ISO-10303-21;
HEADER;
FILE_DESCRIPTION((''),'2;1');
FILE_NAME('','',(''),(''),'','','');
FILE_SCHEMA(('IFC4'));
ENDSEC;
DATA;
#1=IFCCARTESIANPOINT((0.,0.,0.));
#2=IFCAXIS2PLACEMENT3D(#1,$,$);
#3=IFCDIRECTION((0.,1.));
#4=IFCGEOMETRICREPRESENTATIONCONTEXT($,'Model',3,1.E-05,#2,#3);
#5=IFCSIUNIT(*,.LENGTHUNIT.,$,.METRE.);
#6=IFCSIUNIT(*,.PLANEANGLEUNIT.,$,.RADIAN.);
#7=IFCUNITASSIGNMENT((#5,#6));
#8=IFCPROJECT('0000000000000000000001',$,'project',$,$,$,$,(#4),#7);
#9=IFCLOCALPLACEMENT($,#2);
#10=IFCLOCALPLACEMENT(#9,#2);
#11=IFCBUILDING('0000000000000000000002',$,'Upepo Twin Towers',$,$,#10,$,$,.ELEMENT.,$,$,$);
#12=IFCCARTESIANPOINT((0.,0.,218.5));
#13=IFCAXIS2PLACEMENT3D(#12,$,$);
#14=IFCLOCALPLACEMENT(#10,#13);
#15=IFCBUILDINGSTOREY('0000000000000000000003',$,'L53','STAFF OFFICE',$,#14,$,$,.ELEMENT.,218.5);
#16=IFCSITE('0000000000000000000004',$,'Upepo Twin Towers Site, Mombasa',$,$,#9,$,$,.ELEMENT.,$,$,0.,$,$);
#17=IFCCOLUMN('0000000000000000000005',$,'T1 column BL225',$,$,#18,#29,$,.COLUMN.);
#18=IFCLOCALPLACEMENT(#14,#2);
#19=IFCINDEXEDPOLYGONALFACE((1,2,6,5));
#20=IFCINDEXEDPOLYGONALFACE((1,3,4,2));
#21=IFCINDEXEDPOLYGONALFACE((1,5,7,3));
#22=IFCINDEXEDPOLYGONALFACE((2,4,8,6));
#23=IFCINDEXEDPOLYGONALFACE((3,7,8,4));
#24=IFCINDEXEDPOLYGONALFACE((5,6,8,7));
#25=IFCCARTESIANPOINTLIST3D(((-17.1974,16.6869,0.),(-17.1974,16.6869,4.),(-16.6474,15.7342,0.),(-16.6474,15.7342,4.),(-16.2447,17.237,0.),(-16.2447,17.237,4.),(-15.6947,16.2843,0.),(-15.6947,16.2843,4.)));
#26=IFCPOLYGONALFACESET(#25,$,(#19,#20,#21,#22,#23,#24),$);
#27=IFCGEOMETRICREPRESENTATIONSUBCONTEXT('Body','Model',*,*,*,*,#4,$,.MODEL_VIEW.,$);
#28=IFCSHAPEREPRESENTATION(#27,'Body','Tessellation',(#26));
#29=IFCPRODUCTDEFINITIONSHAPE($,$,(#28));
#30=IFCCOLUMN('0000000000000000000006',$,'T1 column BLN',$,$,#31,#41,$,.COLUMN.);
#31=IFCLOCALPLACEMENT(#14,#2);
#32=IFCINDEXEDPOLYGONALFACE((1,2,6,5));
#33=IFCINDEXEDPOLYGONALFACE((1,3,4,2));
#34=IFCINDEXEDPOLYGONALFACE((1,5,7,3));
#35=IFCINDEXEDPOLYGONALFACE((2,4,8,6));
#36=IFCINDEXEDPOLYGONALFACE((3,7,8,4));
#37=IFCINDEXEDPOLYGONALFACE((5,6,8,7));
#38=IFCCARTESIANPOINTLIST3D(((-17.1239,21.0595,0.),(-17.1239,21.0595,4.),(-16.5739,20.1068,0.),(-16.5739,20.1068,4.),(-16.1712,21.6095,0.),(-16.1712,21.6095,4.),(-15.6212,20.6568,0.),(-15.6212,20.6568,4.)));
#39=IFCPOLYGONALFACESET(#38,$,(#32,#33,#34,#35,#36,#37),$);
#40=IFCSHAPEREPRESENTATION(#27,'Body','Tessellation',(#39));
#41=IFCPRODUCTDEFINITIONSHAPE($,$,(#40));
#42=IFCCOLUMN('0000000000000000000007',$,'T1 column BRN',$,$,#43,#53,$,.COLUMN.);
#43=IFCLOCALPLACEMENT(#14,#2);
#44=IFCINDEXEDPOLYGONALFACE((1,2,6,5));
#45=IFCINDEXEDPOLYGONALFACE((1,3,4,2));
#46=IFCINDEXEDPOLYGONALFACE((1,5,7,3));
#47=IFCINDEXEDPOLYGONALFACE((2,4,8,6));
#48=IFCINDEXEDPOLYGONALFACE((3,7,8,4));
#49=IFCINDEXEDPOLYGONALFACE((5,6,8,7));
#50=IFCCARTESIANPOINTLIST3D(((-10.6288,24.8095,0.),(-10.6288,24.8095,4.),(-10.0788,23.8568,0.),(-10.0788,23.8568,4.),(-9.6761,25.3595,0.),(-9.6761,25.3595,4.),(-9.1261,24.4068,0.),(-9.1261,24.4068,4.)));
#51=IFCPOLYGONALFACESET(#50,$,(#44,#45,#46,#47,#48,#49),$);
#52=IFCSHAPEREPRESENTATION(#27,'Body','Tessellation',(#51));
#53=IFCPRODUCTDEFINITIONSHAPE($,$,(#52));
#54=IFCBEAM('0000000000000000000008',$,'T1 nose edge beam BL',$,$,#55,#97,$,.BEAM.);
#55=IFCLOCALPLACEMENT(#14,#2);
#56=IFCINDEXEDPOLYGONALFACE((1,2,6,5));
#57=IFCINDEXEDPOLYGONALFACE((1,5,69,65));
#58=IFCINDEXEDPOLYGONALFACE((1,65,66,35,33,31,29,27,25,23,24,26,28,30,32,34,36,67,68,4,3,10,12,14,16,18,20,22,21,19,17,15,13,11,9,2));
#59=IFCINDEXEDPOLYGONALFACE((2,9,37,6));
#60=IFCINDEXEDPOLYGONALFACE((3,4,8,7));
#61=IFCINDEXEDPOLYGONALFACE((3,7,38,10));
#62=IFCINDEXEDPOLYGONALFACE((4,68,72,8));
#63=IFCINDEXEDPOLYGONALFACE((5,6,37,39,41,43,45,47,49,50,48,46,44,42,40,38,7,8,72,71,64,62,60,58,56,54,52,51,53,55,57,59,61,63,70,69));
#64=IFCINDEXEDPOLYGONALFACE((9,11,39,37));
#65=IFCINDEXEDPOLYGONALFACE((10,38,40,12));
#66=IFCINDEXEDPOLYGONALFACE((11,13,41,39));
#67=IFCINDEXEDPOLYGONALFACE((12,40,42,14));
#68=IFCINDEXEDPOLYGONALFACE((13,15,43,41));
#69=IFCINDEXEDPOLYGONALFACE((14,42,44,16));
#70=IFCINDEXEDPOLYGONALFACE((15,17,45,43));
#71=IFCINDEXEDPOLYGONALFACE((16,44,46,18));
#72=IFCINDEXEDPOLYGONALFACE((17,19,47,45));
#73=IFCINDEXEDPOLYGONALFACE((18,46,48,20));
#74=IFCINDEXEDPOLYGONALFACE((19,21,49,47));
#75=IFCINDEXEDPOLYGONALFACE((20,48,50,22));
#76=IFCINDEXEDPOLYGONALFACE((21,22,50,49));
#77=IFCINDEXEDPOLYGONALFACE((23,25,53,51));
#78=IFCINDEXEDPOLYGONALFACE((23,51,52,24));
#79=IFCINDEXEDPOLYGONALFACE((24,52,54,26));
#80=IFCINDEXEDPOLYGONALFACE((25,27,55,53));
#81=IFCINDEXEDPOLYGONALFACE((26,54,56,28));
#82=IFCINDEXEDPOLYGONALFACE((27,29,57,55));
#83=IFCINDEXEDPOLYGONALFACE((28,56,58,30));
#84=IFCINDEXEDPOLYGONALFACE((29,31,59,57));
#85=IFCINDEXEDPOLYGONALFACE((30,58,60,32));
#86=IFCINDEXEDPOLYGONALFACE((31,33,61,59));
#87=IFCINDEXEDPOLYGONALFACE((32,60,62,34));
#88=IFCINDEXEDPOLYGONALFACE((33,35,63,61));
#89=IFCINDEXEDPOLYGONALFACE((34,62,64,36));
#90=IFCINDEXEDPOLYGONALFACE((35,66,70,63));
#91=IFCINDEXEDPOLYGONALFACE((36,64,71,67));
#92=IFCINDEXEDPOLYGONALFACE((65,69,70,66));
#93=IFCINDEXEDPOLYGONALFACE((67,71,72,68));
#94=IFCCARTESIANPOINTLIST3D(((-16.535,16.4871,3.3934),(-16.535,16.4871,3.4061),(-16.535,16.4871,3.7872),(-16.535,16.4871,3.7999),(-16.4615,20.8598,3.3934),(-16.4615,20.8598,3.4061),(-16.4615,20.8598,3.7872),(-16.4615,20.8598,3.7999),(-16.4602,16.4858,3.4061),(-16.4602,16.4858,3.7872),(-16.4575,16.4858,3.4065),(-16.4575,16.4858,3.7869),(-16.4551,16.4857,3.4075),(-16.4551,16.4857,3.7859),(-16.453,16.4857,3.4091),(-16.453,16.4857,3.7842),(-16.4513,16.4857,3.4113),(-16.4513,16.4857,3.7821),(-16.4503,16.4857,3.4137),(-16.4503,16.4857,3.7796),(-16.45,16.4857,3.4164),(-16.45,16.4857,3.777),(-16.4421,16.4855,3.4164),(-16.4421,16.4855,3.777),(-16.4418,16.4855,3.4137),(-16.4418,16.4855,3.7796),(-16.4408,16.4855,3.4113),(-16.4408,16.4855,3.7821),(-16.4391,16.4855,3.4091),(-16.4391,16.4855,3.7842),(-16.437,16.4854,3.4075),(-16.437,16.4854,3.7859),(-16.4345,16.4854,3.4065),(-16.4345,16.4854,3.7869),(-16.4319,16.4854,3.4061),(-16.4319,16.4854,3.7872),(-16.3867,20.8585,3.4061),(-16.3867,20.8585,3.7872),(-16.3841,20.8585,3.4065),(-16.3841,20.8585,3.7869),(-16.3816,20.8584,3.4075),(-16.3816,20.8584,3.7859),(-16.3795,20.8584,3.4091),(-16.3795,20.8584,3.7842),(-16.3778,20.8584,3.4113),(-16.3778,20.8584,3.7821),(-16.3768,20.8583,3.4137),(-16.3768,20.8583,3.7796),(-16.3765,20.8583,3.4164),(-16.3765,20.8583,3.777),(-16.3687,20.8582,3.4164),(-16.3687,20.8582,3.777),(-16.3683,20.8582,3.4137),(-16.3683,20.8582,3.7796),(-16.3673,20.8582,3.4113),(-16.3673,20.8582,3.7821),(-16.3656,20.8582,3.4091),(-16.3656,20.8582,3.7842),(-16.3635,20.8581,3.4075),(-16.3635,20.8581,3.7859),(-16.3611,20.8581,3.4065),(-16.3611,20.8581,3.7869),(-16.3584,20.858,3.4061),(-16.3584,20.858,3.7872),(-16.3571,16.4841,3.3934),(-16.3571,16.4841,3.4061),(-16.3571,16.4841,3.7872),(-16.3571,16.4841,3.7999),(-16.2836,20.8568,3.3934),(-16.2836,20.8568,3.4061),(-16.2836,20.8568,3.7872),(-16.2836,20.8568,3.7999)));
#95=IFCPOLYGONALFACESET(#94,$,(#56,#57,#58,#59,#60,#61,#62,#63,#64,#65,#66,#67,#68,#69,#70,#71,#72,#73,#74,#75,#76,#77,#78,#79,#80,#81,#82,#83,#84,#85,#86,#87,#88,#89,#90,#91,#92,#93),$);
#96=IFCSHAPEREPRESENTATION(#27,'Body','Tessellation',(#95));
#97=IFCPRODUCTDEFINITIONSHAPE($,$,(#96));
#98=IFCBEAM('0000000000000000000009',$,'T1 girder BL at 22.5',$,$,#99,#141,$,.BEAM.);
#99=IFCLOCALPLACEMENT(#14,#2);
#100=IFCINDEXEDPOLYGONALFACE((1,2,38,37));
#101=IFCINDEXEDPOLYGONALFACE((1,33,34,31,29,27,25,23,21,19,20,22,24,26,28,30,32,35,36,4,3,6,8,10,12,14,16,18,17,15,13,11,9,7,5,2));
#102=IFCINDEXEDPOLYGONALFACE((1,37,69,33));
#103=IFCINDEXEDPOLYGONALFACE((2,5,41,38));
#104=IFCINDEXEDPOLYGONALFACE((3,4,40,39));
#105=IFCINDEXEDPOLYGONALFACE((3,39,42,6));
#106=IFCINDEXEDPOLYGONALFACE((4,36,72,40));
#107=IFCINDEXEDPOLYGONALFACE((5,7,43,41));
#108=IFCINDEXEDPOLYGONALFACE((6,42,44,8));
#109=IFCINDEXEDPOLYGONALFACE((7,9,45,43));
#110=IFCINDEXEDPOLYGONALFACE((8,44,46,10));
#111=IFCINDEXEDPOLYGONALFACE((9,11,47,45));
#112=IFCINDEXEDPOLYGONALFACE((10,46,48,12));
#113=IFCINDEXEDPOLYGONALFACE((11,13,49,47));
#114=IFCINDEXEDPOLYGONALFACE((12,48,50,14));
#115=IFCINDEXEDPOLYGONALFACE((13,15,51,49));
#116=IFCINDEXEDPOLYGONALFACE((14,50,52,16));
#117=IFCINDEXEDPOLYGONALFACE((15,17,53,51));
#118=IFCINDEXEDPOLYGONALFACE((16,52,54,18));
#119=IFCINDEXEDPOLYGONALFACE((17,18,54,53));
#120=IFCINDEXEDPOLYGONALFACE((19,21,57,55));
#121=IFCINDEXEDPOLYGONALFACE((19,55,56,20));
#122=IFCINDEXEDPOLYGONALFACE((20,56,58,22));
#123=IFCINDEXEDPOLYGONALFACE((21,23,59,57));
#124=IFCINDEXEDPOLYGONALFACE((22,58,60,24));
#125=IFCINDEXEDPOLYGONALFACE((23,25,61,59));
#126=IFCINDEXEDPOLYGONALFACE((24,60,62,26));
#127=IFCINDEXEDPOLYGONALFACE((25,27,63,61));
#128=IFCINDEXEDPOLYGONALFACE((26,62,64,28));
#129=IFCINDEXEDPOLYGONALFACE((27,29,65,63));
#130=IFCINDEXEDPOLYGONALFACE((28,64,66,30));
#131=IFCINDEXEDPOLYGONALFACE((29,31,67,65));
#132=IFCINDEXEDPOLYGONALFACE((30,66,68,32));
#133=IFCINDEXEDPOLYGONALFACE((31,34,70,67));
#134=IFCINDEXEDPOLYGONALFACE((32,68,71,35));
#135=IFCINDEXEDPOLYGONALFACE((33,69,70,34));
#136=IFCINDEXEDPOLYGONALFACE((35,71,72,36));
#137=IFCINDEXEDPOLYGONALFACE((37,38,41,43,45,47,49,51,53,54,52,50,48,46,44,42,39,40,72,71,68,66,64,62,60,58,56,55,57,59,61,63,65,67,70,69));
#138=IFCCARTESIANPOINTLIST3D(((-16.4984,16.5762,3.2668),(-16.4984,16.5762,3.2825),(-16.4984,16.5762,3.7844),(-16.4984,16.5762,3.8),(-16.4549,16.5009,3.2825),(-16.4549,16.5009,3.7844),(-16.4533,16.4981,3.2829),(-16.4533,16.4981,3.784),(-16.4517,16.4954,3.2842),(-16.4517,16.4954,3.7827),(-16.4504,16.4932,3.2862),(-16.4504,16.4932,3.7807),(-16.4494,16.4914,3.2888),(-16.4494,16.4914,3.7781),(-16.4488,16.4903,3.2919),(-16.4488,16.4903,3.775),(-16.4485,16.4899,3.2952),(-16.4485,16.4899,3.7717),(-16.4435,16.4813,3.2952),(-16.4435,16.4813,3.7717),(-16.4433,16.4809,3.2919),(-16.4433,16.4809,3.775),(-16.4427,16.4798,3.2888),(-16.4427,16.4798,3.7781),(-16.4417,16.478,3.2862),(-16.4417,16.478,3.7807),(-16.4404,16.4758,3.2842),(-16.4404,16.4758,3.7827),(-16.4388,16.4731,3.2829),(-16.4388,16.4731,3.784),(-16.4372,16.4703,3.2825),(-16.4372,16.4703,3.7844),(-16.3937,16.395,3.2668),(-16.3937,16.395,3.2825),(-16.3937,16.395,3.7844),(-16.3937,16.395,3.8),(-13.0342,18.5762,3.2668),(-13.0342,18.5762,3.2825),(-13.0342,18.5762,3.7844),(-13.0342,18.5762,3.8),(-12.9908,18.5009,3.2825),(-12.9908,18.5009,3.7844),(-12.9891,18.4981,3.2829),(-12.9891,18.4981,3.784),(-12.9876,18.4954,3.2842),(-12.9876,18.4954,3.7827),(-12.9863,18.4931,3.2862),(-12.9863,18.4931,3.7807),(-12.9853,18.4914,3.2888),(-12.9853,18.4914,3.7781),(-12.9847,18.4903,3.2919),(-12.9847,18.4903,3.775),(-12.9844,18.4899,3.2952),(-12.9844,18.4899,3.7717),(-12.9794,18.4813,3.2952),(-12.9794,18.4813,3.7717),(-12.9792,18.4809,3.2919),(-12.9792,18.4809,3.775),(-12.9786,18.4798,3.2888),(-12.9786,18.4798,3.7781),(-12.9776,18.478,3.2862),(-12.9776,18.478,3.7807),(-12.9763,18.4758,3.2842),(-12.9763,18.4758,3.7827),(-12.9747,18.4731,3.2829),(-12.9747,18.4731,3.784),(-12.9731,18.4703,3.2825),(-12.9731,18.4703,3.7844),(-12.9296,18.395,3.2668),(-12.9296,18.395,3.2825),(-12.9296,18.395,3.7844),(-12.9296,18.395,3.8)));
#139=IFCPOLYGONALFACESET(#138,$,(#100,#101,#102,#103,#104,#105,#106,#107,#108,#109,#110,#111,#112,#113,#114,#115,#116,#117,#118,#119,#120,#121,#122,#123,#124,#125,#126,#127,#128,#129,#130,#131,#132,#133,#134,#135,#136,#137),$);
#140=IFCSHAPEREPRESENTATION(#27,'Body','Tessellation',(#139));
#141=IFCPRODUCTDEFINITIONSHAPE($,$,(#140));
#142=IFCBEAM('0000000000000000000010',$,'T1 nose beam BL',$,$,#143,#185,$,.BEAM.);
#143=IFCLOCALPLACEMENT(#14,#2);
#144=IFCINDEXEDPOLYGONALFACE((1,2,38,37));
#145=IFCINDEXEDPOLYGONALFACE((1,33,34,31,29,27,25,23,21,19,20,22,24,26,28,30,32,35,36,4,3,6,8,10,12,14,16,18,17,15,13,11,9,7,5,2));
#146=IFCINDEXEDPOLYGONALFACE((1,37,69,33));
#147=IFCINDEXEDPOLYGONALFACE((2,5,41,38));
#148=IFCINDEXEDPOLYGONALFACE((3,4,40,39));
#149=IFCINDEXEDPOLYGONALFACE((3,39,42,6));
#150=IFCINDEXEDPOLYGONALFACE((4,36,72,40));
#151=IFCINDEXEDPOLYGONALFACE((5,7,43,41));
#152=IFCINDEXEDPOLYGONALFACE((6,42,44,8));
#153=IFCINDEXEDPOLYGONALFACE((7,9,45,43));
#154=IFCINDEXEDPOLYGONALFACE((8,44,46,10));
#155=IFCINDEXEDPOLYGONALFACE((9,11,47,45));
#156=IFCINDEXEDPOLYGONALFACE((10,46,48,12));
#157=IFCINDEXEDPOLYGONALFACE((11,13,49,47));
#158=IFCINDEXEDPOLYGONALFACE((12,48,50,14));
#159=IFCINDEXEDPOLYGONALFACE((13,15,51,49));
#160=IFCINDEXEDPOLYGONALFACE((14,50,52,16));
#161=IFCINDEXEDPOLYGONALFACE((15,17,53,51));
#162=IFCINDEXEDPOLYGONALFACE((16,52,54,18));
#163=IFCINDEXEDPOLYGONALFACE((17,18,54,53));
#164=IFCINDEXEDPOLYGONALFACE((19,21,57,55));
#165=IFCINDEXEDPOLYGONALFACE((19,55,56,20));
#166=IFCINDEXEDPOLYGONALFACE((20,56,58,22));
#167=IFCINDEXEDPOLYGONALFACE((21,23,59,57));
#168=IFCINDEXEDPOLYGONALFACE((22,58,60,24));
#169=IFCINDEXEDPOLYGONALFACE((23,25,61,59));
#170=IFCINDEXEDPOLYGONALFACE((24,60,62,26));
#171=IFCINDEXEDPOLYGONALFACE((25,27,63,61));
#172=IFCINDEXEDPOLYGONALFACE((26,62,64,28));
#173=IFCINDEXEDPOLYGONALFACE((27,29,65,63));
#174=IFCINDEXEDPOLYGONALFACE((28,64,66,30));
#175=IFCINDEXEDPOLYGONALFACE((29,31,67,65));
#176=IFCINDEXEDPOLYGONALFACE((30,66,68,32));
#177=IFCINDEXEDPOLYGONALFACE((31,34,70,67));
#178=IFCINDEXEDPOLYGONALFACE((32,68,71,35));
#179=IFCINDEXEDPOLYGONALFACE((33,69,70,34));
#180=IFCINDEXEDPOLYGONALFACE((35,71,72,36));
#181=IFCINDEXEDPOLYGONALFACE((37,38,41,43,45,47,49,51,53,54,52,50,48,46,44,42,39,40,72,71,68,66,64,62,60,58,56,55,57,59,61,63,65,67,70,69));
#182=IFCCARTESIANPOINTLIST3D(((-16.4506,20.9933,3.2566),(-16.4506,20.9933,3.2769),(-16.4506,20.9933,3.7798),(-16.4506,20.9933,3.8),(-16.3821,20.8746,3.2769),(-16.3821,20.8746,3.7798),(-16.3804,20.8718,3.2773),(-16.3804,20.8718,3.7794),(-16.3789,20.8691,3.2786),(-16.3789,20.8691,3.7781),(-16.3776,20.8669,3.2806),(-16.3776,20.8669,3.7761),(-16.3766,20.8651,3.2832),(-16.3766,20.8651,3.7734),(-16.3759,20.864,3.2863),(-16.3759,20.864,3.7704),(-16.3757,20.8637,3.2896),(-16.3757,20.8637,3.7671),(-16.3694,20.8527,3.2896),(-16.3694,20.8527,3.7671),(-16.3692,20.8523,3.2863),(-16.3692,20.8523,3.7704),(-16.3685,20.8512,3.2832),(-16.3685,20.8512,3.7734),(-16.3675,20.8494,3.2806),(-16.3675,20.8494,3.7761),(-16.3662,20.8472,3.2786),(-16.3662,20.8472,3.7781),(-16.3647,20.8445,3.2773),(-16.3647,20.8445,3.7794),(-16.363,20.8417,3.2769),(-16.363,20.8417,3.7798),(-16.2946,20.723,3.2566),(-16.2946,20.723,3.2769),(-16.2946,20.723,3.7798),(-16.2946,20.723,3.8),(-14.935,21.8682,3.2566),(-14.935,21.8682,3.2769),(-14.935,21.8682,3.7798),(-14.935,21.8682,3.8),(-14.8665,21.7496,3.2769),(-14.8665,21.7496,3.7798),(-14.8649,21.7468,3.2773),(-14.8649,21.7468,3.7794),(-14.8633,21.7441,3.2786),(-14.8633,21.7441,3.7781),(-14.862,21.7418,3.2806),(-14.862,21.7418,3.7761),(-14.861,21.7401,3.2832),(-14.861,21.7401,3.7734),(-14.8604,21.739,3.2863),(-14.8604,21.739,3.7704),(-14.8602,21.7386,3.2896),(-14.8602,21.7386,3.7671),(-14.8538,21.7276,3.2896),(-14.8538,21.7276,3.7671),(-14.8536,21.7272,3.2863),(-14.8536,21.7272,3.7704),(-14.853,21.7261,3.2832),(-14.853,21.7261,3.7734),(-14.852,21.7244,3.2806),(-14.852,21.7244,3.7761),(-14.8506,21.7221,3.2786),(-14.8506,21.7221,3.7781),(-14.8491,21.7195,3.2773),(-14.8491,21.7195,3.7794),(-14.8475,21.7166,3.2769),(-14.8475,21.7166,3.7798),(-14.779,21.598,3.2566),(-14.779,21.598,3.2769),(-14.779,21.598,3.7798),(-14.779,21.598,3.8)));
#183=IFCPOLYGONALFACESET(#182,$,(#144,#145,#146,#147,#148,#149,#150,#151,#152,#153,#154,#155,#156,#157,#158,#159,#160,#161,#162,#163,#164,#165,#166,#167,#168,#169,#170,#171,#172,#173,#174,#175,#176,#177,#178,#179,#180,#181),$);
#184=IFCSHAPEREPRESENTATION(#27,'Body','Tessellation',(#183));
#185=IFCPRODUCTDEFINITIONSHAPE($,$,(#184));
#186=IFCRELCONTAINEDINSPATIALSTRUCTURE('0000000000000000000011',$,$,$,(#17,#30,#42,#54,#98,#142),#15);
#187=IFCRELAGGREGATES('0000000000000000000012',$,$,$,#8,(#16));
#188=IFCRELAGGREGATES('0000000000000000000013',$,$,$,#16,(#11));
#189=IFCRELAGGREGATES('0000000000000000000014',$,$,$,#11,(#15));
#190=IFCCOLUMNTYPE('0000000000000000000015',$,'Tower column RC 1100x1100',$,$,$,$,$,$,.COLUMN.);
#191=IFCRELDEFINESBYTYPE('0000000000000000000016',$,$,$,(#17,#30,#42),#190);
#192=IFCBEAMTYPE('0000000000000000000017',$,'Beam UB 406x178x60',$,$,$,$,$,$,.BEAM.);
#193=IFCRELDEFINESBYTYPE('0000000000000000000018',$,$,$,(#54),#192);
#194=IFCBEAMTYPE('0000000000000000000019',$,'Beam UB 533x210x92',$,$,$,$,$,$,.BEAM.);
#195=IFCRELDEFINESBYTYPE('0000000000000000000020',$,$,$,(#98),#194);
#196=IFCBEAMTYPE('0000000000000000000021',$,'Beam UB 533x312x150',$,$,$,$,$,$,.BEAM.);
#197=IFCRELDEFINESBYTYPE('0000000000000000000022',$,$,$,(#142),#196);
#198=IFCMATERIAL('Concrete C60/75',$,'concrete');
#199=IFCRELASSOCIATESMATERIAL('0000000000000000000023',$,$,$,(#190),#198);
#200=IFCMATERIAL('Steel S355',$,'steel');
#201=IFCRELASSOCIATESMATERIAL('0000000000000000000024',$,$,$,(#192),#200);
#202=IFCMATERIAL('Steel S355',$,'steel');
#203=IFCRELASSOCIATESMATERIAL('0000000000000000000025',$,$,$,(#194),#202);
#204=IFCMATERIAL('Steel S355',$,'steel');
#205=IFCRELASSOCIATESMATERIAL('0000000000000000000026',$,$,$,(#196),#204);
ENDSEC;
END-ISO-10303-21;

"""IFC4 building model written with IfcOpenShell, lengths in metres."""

from ifc_helpers import new_model, si_unit, direction, frame, origin, origin_2d, place, context, subcontext, project, spatial, rectangle, i_section, extrude, material, material_profile, profile_set, type_object, element, save


model = new_model("IFC4")

# Units and contexts
model_context = context("Model", 3, precision=1e-05, world=origin(), true_north=direction((0.0, 1.0)))
body_context = subcontext(model_context, "Body", "Model", "MODEL_VIEW")
ifc_project = project(units=[si_unit("LENGTHUNIT", "METRE"), si_unit("PLANEANGLEUNIT", "RADIAN")], contexts=[model_context])

# Site, building, storey
site_placement = place(None, origin())
site = spatial("IfcSite", under=ifc_project, at=site_placement, Name="Upepo Twin Towers Site, Mombasa", CompositionType="ELEMENT", RefElevation=0.0)
building_placement = place(site_placement, origin())
building = spatial("IfcBuilding", under=site, at=building_placement, Name="Upepo Twin Towers", CompositionType="ELEMENT")
storey_placement = place(building_placement, frame((0.0, 0.0, 218.5)))
storey = spatial("IfcBuildingStorey", under=building, at=storey_placement, Name="L53", Description="STAFF OFFICE", CompositionType="ELEMENT", Elevation=218.5)

# Columns
ifc_material_1 = material(Name="Concrete C60/75", Category="concrete")
ifc_material_profile_1 = material_profile(ifc_material_1, rectangle(XDim=1.1001, YDim=1.1001, at=origin_2d()), Name="RC 1100x1100")
ifc_profile_set_1 = profile_set([ifc_material_profile_1], Name="Concrete C60/75")
column_type = type_object("IfcColumnType", Name="Tower column RC 1100x1100", PredefinedType="COLUMN", material=ifc_profile_set_1)
for number, where, z_axis, x_axis, name in (
    (1, (-16.446, 16.4856, 0.0), (0.0, 0.0, 1.0), (0.866025, 0.5, 0.0), "T1 column BL225"),
    (2, (-16.3726, 20.8582, 0.0), (0.0, 0.0, 1.0), (0.866025, 0.5, 0.0), "T1 column BLN"),
    (3, (-9.8774, 24.6082, 0.0), (0.0, 0.0, 1.0), (0.866025, 0.5, 0.0), "T1 column BRN"),
):
    element("IfcColumn", number, at=place(storey_placement, frame(where, z_axis=z_axis, x_axis=x_axis)), inside=storey, type_object=column_type, Name=name, PredefinedType="COLUMN", context=body_context, shape_type="SweptSolid", body=[
        extrude(rectangle(XDim=1.1001, YDim=1.1001, at=origin_2d()), origin(), (0.0, 0.0, 1.0), 4.0),
    ])

# Beams
ifc_material_2 = material(Name="Steel S355", Category="steel")
ifc_material_profile_2 = material_profile(ifc_material_2, i_section(OverallWidth=0.178, OverallDepth=0.4065, WebThickness=0.0078, FlangeThickness=0.0127, FilletRadius=0.0103, at=origin_2d()), Name="UB 406x178x60")
ifc_profile_set_2 = profile_set([ifc_material_profile_2], Name="Steel S355")
beam_type_1 = type_object("IfcBeamType", Name="Beam UB 406x178x60", PredefinedType="BEAM", material=ifc_profile_set_2)
beam_1_placement = place(storey_placement, frame((-16.446, 16.4856, 3.5967), z_axis=(0.016804, 0.999859, 0.0), x_axis=(-0.999859, 0.016804, 0.0)))
element("IfcBeam", 4, at=beam_1_placement, inside=storey, type_object=beam_type_1, Name="T1 nose edge beam BL", PredefinedType="BEAM", context=body_context, shape_type="SweptSolid", body=[
    extrude(i_section(OverallWidth=0.178, OverallDepth=0.4065, WebThickness=0.0078, FlangeThickness=0.0127, FilletRadius=0.0103, at=origin_2d()), origin(), (0.0, 0.0, 1.0), 4.3733),
])
ifc_material_3 = material(Name="Steel S355", Category="steel")
ifc_material_profile_3 = material_profile(ifc_material_3, i_section(OverallWidth=0.2092, OverallDepth=0.5332, WebThickness=0.01, FlangeThickness=0.0156, FilletRadius=0.0127, at=origin_2d()), Name="UB 533x210x92")
ifc_profile_set_3 = profile_set([ifc_material_profile_3], Name="Steel S355")
beam_type_2 = type_object("IfcBeamType", Name="Beam UB 533x210x92", PredefinedType="BEAM", material=ifc_profile_set_3)
beam_2_placement = place(storey_placement, frame((-16.446, 16.4856, 3.5334), z_axis=(0.866026, 0.499999, 0.0), x_axis=(-0.499999, 0.866026, 0.0)))
element("IfcBeam", 5, at=beam_2_placement, inside=storey, type_object=beam_type_2, Name="T1 girder BL at 22.5", PredefinedType="BEAM", context=body_context, shape_type="SweptSolid", body=[
    extrude(i_section(OverallWidth=0.2092, OverallDepth=0.5332, WebThickness=0.01, FlangeThickness=0.0156, FilletRadius=0.0127, at=origin_2d()), origin(), (0.0, 0.0, 1.0), 4.0),
])
ifc_material_4 = material(Name="Steel S355", Category="steel")
ifc_material_profile_4 = material_profile(ifc_material_4, i_section(OverallWidth=0.312, OverallDepth=0.5435, WebThickness=0.0127, FlangeThickness=0.0203, FilletRadius=0.0127, at=origin_2d()), Name="UB 533x312x150")
ifc_profile_set_4 = profile_set([ifc_material_profile_4], Name="Steel S355")
beam_type_3 = type_object("IfcBeamType", Name="Beam UB 533x312x150", PredefinedType="BEAM", material=ifc_profile_set_4)
for number, where, z_axis, x_axis, name in (
    (6, (-16.3726, 20.8582, 3.5283), (0.866037, 0.49998, 0.0), (-0.49998, 0.866037, 0.0), "T1 nose beam BL"),
):
    element("IfcBeam", number, at=place(storey_placement, frame(where, z_axis=z_axis, x_axis=x_axis)), inside=storey, type_object=beam_type_3, Name=name, PredefinedType="BEAM", context=body_context, shape_type="SweptSolid", body=[
        extrude(i_section(OverallWidth=0.312, OverallDepth=0.5435, WebThickness=0.0127, FlangeThickness=0.0203, FilletRadius=0.0127, at=origin_2d()), origin(), (0.0, 0.0, 1.0), 1.75),
    ])

save(model, "model.ifc")
